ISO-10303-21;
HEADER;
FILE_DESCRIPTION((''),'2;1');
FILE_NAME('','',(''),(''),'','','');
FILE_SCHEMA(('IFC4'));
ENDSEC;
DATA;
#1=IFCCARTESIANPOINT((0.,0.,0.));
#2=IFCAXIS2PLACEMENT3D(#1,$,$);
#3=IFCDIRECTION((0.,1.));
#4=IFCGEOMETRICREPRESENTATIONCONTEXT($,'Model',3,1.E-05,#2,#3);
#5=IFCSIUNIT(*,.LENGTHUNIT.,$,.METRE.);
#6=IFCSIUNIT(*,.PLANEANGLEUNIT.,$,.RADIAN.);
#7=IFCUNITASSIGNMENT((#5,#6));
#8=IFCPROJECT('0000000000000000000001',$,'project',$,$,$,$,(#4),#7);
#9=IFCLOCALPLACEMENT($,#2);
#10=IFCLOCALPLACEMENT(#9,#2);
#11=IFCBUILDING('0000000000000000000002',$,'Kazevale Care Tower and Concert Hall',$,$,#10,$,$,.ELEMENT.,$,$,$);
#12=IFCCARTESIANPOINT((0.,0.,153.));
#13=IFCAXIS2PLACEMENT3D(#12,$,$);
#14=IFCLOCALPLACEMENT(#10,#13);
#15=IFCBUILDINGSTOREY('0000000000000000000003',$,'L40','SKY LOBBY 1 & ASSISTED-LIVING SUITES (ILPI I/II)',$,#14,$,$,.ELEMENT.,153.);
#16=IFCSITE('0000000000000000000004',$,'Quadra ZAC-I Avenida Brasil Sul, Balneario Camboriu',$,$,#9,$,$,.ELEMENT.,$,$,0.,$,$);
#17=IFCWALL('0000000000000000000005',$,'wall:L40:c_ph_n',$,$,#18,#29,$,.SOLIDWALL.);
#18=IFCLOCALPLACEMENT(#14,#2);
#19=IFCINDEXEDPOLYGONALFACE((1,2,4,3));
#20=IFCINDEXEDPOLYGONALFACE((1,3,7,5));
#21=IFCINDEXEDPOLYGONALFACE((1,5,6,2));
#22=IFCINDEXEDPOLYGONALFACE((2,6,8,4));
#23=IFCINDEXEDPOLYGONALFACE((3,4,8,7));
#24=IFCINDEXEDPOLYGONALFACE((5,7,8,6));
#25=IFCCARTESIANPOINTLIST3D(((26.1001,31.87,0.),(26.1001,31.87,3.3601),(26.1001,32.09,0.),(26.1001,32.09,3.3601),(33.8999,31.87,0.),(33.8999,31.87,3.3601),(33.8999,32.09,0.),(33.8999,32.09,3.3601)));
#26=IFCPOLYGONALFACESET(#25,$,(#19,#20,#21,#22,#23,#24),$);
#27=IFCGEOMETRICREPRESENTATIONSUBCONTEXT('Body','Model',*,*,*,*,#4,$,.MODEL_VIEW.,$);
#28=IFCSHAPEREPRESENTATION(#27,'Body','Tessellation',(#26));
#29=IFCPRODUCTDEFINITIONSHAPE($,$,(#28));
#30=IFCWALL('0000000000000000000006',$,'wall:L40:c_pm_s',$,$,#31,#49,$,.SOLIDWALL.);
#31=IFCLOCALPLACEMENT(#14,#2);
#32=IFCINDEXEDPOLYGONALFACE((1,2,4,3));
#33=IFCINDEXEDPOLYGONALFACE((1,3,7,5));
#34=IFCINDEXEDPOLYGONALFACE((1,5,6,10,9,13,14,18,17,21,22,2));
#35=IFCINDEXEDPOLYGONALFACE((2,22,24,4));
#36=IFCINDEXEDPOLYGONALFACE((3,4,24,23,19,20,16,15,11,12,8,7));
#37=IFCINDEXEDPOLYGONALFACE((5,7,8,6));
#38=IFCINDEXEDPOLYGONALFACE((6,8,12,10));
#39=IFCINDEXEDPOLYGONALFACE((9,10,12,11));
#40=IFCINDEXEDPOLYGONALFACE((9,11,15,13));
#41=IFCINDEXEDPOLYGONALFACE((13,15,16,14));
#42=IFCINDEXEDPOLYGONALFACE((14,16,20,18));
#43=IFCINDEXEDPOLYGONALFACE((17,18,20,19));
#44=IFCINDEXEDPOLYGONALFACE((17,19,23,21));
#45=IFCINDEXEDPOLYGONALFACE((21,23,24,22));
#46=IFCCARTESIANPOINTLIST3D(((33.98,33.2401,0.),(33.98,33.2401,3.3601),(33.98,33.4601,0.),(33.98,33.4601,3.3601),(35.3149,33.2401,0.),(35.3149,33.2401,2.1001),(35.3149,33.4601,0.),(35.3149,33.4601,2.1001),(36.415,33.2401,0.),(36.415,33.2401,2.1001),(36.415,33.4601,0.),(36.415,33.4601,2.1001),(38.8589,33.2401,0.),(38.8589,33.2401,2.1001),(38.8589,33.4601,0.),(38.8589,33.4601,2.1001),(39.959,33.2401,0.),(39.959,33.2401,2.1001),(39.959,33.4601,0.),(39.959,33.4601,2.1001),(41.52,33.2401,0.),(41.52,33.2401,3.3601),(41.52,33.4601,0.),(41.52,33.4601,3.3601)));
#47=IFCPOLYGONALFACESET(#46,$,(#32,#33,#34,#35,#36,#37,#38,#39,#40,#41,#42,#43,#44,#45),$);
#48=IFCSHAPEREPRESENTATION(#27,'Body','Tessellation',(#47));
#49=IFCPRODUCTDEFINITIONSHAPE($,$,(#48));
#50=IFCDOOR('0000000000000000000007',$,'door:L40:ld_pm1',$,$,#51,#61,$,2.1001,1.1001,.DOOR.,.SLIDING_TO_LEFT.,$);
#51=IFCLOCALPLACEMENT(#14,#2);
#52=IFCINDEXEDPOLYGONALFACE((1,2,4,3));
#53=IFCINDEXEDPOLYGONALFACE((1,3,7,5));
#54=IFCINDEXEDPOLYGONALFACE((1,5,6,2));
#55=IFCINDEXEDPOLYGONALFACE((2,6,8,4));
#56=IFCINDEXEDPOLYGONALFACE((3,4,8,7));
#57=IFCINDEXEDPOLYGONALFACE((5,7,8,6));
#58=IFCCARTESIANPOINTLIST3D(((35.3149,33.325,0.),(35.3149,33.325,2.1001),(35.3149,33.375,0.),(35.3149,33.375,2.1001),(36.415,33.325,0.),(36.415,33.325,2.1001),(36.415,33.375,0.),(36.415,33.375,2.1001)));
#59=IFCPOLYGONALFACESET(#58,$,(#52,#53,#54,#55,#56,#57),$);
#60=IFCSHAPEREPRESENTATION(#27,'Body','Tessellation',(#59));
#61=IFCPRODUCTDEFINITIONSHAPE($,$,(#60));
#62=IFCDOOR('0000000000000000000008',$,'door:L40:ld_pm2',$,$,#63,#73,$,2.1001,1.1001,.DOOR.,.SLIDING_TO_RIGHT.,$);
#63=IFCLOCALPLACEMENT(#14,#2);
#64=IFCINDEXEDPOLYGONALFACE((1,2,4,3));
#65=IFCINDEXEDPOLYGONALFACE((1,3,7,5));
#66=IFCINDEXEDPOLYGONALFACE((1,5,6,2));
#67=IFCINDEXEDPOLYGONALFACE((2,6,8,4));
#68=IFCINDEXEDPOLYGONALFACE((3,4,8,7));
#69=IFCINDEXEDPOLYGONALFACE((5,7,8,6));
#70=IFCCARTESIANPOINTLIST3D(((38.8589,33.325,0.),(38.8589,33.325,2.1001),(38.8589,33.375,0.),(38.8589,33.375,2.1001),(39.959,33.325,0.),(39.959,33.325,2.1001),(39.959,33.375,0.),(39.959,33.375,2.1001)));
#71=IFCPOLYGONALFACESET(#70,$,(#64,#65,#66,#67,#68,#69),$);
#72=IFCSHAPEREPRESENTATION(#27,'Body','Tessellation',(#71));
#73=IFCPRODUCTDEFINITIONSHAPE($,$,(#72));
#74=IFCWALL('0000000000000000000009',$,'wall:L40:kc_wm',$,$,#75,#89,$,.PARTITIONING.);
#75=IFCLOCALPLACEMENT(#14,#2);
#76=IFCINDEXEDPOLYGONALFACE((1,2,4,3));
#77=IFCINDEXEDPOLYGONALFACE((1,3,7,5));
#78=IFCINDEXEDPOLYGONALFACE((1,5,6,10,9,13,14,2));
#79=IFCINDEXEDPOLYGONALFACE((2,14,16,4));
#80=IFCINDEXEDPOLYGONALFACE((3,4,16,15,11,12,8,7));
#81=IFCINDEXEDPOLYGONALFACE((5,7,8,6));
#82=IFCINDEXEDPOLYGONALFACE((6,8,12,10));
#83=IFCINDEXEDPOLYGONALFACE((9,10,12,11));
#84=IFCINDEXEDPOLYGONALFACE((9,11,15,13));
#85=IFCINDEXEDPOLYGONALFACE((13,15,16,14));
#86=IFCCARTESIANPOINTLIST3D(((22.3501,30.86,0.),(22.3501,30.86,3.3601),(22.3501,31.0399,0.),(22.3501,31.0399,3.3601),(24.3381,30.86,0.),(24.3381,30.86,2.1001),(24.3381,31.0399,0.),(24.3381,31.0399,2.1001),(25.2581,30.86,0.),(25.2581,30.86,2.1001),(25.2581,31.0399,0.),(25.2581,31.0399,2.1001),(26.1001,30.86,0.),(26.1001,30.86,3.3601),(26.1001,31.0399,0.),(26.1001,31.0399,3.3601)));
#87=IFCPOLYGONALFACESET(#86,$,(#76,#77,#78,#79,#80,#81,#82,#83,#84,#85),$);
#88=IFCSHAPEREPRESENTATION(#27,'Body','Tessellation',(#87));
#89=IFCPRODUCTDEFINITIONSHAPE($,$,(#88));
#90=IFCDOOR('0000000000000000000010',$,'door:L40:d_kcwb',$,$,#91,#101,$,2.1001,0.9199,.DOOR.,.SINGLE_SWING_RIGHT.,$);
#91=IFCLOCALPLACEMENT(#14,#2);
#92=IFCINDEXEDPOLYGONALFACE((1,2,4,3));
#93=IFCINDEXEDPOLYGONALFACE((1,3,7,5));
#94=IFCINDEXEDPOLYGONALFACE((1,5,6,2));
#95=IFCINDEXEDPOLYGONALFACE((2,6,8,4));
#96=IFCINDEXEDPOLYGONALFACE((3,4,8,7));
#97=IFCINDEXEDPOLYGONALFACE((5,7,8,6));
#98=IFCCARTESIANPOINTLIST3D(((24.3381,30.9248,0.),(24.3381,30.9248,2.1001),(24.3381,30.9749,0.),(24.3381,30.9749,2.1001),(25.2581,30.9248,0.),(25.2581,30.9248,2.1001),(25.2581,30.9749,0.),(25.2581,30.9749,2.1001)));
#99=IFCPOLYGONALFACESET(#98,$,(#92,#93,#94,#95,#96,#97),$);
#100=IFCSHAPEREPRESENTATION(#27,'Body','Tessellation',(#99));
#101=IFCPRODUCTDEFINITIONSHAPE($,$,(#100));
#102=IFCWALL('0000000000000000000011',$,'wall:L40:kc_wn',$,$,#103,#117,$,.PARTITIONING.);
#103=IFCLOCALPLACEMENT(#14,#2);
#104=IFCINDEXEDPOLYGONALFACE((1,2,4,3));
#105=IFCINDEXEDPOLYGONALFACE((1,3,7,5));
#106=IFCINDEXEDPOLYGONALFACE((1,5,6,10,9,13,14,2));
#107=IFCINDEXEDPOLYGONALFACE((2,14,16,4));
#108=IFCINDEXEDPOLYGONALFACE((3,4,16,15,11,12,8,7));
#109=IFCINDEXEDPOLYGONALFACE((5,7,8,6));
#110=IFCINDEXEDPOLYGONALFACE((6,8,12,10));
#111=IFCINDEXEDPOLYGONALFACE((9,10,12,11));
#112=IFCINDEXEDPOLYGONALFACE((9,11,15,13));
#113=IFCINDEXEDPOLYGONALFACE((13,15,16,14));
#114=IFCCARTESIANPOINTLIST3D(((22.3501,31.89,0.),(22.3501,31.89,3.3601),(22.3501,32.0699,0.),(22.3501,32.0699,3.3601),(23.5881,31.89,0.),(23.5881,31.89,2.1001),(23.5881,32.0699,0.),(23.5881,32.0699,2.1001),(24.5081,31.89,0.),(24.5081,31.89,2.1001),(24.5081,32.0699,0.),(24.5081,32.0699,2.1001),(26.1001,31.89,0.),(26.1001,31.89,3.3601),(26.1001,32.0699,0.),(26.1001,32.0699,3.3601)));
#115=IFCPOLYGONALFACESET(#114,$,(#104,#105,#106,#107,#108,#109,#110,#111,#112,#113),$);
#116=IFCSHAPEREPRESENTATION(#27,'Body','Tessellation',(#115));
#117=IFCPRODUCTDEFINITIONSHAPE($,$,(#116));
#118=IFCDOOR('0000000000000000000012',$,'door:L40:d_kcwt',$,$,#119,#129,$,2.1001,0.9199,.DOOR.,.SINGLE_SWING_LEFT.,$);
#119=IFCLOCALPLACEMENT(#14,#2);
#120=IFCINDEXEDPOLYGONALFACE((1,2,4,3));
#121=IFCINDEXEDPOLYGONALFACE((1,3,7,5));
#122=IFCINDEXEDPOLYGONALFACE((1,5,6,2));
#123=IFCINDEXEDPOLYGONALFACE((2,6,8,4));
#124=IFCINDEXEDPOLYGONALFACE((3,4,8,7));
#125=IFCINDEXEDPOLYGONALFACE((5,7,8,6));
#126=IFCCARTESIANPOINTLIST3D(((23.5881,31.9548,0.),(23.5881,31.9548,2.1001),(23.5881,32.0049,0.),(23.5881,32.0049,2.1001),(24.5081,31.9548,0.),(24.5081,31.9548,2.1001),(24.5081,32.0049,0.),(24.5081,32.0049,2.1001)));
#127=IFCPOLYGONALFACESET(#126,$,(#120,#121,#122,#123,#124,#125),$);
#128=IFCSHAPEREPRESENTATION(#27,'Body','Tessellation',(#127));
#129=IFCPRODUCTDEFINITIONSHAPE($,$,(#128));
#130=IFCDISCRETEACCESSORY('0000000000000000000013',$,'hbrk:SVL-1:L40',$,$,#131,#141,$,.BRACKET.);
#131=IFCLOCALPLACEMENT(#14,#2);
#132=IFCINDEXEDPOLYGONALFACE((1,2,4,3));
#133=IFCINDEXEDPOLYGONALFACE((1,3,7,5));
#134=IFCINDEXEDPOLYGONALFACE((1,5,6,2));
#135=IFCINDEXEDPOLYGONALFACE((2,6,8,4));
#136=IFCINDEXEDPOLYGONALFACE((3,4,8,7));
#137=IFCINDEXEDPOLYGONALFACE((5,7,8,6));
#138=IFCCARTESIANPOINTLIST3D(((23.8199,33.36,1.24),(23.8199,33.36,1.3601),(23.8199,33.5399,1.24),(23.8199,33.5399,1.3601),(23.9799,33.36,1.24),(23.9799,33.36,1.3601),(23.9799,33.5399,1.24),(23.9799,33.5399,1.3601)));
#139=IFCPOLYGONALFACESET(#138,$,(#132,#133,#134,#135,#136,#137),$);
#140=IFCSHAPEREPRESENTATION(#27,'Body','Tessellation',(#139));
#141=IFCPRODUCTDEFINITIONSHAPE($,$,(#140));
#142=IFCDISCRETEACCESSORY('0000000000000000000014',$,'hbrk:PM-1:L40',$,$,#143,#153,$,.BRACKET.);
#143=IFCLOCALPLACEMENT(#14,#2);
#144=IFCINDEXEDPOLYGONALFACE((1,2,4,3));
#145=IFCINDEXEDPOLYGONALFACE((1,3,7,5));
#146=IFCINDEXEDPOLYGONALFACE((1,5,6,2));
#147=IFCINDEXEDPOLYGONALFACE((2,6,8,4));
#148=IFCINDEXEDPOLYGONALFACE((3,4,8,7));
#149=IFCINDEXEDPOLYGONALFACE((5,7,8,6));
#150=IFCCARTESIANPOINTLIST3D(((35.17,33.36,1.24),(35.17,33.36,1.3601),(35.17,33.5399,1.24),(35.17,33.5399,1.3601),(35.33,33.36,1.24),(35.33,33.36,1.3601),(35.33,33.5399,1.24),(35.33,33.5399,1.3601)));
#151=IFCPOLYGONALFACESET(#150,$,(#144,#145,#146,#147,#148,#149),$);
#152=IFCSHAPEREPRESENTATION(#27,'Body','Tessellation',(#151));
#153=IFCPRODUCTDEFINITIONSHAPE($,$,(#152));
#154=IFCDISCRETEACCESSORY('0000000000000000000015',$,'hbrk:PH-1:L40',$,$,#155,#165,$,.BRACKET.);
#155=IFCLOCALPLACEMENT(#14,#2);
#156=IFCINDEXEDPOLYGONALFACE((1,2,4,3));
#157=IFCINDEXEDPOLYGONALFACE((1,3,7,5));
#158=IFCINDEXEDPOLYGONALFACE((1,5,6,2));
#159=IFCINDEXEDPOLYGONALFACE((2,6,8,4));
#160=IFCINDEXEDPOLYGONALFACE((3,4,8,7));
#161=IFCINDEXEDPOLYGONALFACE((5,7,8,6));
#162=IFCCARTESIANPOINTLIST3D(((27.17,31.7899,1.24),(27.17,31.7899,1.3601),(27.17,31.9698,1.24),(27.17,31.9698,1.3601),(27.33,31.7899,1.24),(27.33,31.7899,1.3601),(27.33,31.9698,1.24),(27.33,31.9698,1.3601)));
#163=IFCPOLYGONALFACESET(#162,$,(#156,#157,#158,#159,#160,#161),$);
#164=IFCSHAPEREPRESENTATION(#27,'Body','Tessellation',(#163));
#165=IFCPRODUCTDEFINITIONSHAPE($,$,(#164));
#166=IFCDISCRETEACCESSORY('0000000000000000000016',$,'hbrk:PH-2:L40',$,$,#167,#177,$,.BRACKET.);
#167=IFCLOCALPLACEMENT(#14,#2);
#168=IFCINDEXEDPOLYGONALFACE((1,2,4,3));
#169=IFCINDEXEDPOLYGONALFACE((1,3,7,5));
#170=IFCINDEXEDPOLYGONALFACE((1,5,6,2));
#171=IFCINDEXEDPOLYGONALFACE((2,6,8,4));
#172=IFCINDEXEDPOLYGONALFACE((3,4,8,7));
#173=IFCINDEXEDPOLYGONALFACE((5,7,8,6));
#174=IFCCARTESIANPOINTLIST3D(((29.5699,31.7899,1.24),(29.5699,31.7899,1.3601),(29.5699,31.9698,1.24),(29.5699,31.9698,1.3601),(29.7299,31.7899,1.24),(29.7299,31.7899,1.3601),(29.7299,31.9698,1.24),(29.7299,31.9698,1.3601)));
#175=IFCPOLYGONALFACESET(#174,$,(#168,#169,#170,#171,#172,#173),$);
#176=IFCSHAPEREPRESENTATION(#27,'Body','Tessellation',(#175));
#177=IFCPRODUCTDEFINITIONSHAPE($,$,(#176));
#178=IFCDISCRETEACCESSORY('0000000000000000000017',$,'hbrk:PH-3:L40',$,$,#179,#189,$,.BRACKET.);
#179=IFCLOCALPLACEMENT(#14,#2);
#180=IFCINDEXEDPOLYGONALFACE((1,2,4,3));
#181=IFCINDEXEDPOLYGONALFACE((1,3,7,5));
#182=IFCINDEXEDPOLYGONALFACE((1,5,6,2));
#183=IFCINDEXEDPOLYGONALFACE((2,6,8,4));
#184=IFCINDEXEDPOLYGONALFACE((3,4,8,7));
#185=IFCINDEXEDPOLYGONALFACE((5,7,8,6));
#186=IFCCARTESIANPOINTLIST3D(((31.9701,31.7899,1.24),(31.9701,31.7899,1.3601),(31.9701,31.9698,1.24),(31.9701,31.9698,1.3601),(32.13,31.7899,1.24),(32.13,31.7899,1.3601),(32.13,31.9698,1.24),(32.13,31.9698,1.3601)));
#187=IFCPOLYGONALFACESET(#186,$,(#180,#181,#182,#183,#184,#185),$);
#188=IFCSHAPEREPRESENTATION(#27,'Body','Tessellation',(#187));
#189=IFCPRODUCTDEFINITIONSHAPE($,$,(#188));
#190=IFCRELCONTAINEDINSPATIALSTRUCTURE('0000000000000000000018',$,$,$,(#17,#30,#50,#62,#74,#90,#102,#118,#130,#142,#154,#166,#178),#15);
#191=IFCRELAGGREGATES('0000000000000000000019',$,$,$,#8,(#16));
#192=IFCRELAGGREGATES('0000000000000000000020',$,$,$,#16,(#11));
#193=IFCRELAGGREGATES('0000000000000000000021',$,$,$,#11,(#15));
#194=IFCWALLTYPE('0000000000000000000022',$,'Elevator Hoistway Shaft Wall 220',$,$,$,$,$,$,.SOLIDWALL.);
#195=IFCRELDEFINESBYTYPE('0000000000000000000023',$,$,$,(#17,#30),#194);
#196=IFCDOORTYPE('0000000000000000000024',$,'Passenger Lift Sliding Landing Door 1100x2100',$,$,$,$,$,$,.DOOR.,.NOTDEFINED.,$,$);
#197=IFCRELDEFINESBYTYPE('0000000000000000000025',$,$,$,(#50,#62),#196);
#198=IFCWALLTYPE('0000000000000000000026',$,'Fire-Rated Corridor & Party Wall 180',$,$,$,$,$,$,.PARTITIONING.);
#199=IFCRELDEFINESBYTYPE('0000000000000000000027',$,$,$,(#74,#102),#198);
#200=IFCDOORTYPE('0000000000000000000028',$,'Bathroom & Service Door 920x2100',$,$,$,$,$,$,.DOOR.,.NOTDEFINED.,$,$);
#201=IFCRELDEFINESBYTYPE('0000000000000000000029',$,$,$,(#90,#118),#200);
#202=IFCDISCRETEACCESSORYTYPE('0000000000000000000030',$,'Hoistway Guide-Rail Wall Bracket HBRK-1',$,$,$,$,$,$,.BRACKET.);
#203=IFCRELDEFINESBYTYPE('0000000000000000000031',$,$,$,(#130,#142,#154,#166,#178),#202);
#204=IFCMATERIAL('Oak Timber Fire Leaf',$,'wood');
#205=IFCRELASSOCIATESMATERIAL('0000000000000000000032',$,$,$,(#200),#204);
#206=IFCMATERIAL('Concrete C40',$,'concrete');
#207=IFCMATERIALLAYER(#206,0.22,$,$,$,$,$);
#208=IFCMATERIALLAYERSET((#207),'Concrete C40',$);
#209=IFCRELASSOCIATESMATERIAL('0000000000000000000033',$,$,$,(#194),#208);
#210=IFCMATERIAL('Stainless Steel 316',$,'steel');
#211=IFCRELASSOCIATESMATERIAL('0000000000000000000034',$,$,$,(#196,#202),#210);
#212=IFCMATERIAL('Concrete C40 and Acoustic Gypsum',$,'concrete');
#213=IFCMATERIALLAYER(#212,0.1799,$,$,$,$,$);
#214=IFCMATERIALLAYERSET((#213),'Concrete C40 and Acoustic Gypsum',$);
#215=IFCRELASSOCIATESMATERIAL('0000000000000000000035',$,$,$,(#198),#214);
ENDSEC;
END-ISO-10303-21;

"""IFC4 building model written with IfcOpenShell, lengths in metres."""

from ifc_helpers import new_model, si_unit, direction, frame, frame_2d, origin, origin_2d, place, context, subcontext, project, spatial, rectangle, extrude, material, layer, layer_set, type_object, element, fill, save


model = new_model("IFC4")

# Units and contexts
model_context = context("Model", 3, precision=1e-05, world=origin(), true_north=direction((0.0, 1.0)))
body_context = subcontext(model_context, "Body", "Model", "MODEL_VIEW")
ifc_project = project(units=[si_unit("LENGTHUNIT", "METRE"), si_unit("PLANEANGLEUNIT", "RADIAN")], contexts=[model_context])

# Site, building, storey
site_placement = place(None, origin())
site = spatial("IfcSite", under=ifc_project, at=site_placement, Name="Quadra ZAC-I Avenida Brasil Sul, Balneario Camboriu", CompositionType="ELEMENT", RefElevation=0.0)
building_placement = place(site_placement, origin())
building = spatial("IfcBuilding", under=site, at=building_placement, Name="Kazevale Care Tower and Concert Hall", CompositionType="ELEMENT")
storey_placement = place(building_placement, frame((0.0, 0.0, 153.0)))
storey = spatial("IfcBuildingStorey", under=building, at=storey_placement, Name="L40", Description="SKY LOBBY 1 & ASSISTED-LIVING SUITES (ILPI I/II)", CompositionType="ELEMENT", Elevation=153.0)

# Shared definitions
ifc_material_1 = material(Name="Oak Timber Fire Leaf", Category="wood")
door_type_1 = type_object("IfcDoorType", Name="Bathroom & Service Door 920x2100", OperationType="NOTDEFINED", PredefinedType="DOOR", material=ifc_material_1)

# Shared definitions
ifc_material_2 = material(Name="Concrete C40", Category="concrete")
ifc_layer_1 = layer(ifc_material_2, 0.22)
ifc_layer_set_1 = layer_set([ifc_layer_1], Name="Concrete C40")
wall_type_1 = type_object("IfcWallType", Name="Elevator Hoistway Shaft Wall 220", PredefinedType="SOLIDWALL", material=ifc_layer_set_1)

# Shared definitions
ifc_material_3 = material(Name="Stainless Steel 316", Category="steel")

# Wall
wall_1_placement = place(storey_placement, frame((26.1001, 31.98, 0.0), z_axis=(0.0, 0.0, 1.0), x_axis=(1.0, 0.0, 0.0)))
element("IfcWall", 1, at=wall_1_placement, inside=storey, type_object=wall_type_1, Name="wall:L40:c_ph_n", PredefinedType="SOLIDWALL", context=body_context, shape_type="SweptSolid", body=[
    extrude(rectangle(XDim=7.7998, YDim=0.22, at=frame_2d((3.8999, 0.0))), origin(), (0.0, 0.0, 1.0), 3.3601),
])

# Wall, openings, doors
wall_2_placement = place(storey_placement, frame((33.98, 33.3501, 0.0), z_axis=(0.0, 0.0, 1.0), x_axis=(1.0, 0.0, 0.0)))
wall_2 = element("IfcWall", 2, at=wall_2_placement, inside=storey, type_object=wall_type_1, Name="wall:L40:c_pm_s", PredefinedType="SOLIDWALL", context=body_context, shape_type="SweptSolid", body=[
    extrude(rectangle(XDim=7.54, YDim=0.22, at=frame_2d((3.77, 0.0))), origin(), (0.0, 0.0, 1.0), 3.3601),
])
opening_1_placement = place(wall_2_placement, frame((1.335, 0.0, 0.0)))
opening_1 = element("IfcOpeningElement", 3, at=opening_1_placement, cuts=wall_2, PredefinedType="OPENING", context=body_context, shape_type="SweptSolid", body=[
    extrude(rectangle(XDim=1.1001, YDim=2.1001, at=frame_2d((0.55, 1.05))), frame((0.0, 0.1199, 0.0), z_axis=(0.0, -1.0, 0.0), x_axis=(1.0, 0.0, 0.0)), (0.0, 0.0, 1.0), 0.24),
])
opening_2_placement = place(wall_2_placement, frame((4.8789, 0.0, 0.0)))
opening_2 = element("IfcOpeningElement", 4, at=opening_2_placement, cuts=wall_2, PredefinedType="OPENING", context=body_context, shape_type="SweptSolid", body=[
    extrude(rectangle(XDim=1.1001, YDim=2.1001, at=frame_2d((0.55, 1.05))), frame((0.0, 0.1199, 0.0), z_axis=(0.0, -1.0, 0.0), x_axis=(1.0, 0.0, 0.0)), (0.0, 0.0, 1.0), 0.24),
])
door_type_2 = type_object("IfcDoorType", Name="Passenger Lift Sliding Landing Door 1100x2100", OperationType="NOTDEFINED", PredefinedType="DOOR", material=ifc_material_3)
door_1_placement = place(opening_1_placement, origin())
door_1 = element("IfcDoor", 5, at=door_1_placement, inside=storey, type_object=door_type_2, Name="door:L40:ld_pm1", OperationType="SLIDING_TO_LEFT", OverallHeight=2.1001, OverallWidth=1.1001, PredefinedType="DOOR", context=body_context, shape_type="SweptSolid", body=[
    extrude(rectangle(XDim=1.1001, YDim=2.1001, at=frame_2d((0.55, 1.05))), frame((0.0, 0.0249, 0.0), z_axis=(0.0, -1.0, 0.0), x_axis=(1.0, 0.0, 0.0)), (0.0, 0.0, 1.0), 0.05),
])
fill(opening_1, door_1)
door_2_placement = place(opening_2_placement, origin())
door_2 = element("IfcDoor", 6, at=door_2_placement, inside=storey, type_object=door_type_2, Name="door:L40:ld_pm2", OperationType="SLIDING_TO_RIGHT", OverallHeight=2.1001, OverallWidth=1.1001, PredefinedType="DOOR", context=body_context, shape_type="SweptSolid", body=[
    extrude(rectangle(XDim=1.1001, YDim=2.1001, at=frame_2d((0.55, 1.05))), frame((0.0, 0.0249, 0.0), z_axis=(0.0, -1.0, 0.0), x_axis=(1.0, 0.0, 0.0)), (0.0, 0.0, 1.0), 0.05),
])
fill(opening_2, door_2)

# Walls, openings, doors
ifc_material_4 = material(Name="Concrete C40 and Acoustic Gypsum", Category="concrete")
ifc_layer_2 = layer(ifc_material_4, 0.1799)
ifc_layer_set_2 = layer_set([ifc_layer_2], Name="Concrete C40 and Acoustic Gypsum")
wall_type_2 = type_object("IfcWallType", Name="Fire-Rated Corridor & Party Wall 180", PredefinedType="PARTITIONING", material=ifc_layer_set_2)
wall_3_placement = place(storey_placement, frame((22.3501, 30.95, 0.0), z_axis=(0.0, 0.0, 1.0), x_axis=(1.0, 0.0, 0.0)))
wall_3 = element("IfcWall", 7, at=wall_3_placement, inside=storey, type_object=wall_type_2, Name="wall:L40:kc_wm", PredefinedType="PARTITIONING", context=body_context, shape_type="SweptSolid", body=[
    extrude(rectangle(XDim=3.75, YDim=0.1799, at=frame_2d((1.875, 0.0))), origin(), (0.0, 0.0, 1.0), 3.3601),
])
opening_3_placement = place(wall_3_placement, frame((1.988, 0.0, 0.0)))
opening_3 = element("IfcOpeningElement", 8, at=opening_3_placement, cuts=wall_3, PredefinedType="OPENING", context=body_context, shape_type="SweptSolid", body=[
    extrude(rectangle(XDim=0.9199, YDim=2.1001, at=frame_2d((0.46, 1.05))), frame((0.0, 0.0999, 0.0), z_axis=(0.0, -1.0, 0.0), x_axis=(1.0, 0.0, 0.0)), (0.0, 0.0, 1.0), 0.2),
])
door_3_placement = place(opening_3_placement, origin())
door_3 = element("IfcDoor", 9, at=door_3_placement, inside=storey, type_object=door_type_1, Name="door:L40:d_kcwb", OperationType="SINGLE_SWING_RIGHT", OverallHeight=2.1001, OverallWidth=0.9199, PredefinedType="DOOR", context=body_context, shape_type="SweptSolid", body=[
    extrude(rectangle(XDim=0.9199, YDim=2.1001, at=frame_2d((0.46, 1.05))), frame((0.0, 0.0249, 0.0), z_axis=(0.0, -1.0, 0.0), x_axis=(1.0, 0.0, 0.0)), (0.0, 0.0, 1.0), 0.05),
])
fill(opening_3, door_3)
wall_4_placement = place(storey_placement, frame((22.3501, 31.98, 0.0), z_axis=(0.0, 0.0, 1.0), x_axis=(1.0, 0.0, 0.0)))
wall_4 = element("IfcWall", 10, at=wall_4_placement, inside=storey, type_object=wall_type_2, Name="wall:L40:kc_wn", PredefinedType="PARTITIONING", context=body_context, shape_type="SweptSolid", body=[
    extrude(rectangle(XDim=3.75, YDim=0.1799, at=frame_2d((1.875, 0.0))), origin(), (0.0, 0.0, 1.0), 3.3601),
])
opening_4_placement = place(wall_4_placement, frame((1.238, 0.0, 0.0)))
opening_4 = element("IfcOpeningElement", 11, at=opening_4_placement, cuts=wall_4, PredefinedType="OPENING", context=body_context, shape_type="SweptSolid", body=[
    extrude(rectangle(XDim=0.9199, YDim=2.1001, at=frame_2d((0.46, 1.05))), frame((0.0, 0.0999, 0.0), z_axis=(0.0, -1.0, 0.0), x_axis=(1.0, 0.0, 0.0)), (0.0, 0.0, 1.0), 0.2),
])
door_4_placement = place(opening_4_placement, origin())
door_4 = element("IfcDoor", 12, at=door_4_placement, inside=storey, type_object=door_type_1, Name="door:L40:d_kcwt", OperationType="SINGLE_SWING_LEFT", OverallHeight=2.1001, OverallWidth=0.9199, PredefinedType="DOOR", context=body_context, shape_type="SweptSolid", body=[
    extrude(rectangle(XDim=0.9199, YDim=2.1001, at=frame_2d((0.46, 1.05))), frame((0.0, 0.0249, 0.0), z_axis=(0.0, -1.0, 0.0), x_axis=(1.0, 0.0, 0.0)), (0.0, 0.0, 1.0), 0.05),
])
fill(opening_4, door_4)

# Discrete accessories
discrete_accessory_type = type_object("IfcDiscreteAccessoryType", Name="Hoistway Guide-Rail Wall Bracket HBRK-1", PredefinedType="BRACKET", material=ifc_material_3)
for number, where, z_axis, x_axis, name in (
    (13, (23.8999, 33.45, 1.24), (0.0, 0.0, 1.0), (1.0, 0.0, 0.0), "hbrk:SVL-1:L40"),
    (14, (35.25, 33.45, 1.24), (0.0, 0.0, 1.0), (1.0, 0.0, 0.0), "hbrk:PM-1:L40"),
    (15, (27.25, 31.8799, 1.24), (0.0, 0.0, 1.0), (1.0, 0.0, 0.0), "hbrk:PH-1:L40"),
    (16, (29.6499, 31.8799, 1.24), (0.0, 0.0, 1.0), (1.0, 0.0, 0.0), "hbrk:PH-2:L40"),
    (17, (32.05, 31.8799, 1.24), (0.0, 0.0, 1.0), (1.0, 0.0, 0.0), "hbrk:PH-3:L40"),
):
    element("IfcDiscreteAccessory", number, at=place(storey_placement, frame(where, z_axis=z_axis, x_axis=x_axis)), inside=storey, type_object=discrete_accessory_type, Name=name, PredefinedType="BRACKET", context=body_context, shape_type="SweptSolid", body=[
        extrude(rectangle(XDim=0.1599, YDim=0.1799, at=origin_2d()), origin(), (0.0, 0.0, 1.0), 0.1201),
    ])

save(model, "model.ifc")
